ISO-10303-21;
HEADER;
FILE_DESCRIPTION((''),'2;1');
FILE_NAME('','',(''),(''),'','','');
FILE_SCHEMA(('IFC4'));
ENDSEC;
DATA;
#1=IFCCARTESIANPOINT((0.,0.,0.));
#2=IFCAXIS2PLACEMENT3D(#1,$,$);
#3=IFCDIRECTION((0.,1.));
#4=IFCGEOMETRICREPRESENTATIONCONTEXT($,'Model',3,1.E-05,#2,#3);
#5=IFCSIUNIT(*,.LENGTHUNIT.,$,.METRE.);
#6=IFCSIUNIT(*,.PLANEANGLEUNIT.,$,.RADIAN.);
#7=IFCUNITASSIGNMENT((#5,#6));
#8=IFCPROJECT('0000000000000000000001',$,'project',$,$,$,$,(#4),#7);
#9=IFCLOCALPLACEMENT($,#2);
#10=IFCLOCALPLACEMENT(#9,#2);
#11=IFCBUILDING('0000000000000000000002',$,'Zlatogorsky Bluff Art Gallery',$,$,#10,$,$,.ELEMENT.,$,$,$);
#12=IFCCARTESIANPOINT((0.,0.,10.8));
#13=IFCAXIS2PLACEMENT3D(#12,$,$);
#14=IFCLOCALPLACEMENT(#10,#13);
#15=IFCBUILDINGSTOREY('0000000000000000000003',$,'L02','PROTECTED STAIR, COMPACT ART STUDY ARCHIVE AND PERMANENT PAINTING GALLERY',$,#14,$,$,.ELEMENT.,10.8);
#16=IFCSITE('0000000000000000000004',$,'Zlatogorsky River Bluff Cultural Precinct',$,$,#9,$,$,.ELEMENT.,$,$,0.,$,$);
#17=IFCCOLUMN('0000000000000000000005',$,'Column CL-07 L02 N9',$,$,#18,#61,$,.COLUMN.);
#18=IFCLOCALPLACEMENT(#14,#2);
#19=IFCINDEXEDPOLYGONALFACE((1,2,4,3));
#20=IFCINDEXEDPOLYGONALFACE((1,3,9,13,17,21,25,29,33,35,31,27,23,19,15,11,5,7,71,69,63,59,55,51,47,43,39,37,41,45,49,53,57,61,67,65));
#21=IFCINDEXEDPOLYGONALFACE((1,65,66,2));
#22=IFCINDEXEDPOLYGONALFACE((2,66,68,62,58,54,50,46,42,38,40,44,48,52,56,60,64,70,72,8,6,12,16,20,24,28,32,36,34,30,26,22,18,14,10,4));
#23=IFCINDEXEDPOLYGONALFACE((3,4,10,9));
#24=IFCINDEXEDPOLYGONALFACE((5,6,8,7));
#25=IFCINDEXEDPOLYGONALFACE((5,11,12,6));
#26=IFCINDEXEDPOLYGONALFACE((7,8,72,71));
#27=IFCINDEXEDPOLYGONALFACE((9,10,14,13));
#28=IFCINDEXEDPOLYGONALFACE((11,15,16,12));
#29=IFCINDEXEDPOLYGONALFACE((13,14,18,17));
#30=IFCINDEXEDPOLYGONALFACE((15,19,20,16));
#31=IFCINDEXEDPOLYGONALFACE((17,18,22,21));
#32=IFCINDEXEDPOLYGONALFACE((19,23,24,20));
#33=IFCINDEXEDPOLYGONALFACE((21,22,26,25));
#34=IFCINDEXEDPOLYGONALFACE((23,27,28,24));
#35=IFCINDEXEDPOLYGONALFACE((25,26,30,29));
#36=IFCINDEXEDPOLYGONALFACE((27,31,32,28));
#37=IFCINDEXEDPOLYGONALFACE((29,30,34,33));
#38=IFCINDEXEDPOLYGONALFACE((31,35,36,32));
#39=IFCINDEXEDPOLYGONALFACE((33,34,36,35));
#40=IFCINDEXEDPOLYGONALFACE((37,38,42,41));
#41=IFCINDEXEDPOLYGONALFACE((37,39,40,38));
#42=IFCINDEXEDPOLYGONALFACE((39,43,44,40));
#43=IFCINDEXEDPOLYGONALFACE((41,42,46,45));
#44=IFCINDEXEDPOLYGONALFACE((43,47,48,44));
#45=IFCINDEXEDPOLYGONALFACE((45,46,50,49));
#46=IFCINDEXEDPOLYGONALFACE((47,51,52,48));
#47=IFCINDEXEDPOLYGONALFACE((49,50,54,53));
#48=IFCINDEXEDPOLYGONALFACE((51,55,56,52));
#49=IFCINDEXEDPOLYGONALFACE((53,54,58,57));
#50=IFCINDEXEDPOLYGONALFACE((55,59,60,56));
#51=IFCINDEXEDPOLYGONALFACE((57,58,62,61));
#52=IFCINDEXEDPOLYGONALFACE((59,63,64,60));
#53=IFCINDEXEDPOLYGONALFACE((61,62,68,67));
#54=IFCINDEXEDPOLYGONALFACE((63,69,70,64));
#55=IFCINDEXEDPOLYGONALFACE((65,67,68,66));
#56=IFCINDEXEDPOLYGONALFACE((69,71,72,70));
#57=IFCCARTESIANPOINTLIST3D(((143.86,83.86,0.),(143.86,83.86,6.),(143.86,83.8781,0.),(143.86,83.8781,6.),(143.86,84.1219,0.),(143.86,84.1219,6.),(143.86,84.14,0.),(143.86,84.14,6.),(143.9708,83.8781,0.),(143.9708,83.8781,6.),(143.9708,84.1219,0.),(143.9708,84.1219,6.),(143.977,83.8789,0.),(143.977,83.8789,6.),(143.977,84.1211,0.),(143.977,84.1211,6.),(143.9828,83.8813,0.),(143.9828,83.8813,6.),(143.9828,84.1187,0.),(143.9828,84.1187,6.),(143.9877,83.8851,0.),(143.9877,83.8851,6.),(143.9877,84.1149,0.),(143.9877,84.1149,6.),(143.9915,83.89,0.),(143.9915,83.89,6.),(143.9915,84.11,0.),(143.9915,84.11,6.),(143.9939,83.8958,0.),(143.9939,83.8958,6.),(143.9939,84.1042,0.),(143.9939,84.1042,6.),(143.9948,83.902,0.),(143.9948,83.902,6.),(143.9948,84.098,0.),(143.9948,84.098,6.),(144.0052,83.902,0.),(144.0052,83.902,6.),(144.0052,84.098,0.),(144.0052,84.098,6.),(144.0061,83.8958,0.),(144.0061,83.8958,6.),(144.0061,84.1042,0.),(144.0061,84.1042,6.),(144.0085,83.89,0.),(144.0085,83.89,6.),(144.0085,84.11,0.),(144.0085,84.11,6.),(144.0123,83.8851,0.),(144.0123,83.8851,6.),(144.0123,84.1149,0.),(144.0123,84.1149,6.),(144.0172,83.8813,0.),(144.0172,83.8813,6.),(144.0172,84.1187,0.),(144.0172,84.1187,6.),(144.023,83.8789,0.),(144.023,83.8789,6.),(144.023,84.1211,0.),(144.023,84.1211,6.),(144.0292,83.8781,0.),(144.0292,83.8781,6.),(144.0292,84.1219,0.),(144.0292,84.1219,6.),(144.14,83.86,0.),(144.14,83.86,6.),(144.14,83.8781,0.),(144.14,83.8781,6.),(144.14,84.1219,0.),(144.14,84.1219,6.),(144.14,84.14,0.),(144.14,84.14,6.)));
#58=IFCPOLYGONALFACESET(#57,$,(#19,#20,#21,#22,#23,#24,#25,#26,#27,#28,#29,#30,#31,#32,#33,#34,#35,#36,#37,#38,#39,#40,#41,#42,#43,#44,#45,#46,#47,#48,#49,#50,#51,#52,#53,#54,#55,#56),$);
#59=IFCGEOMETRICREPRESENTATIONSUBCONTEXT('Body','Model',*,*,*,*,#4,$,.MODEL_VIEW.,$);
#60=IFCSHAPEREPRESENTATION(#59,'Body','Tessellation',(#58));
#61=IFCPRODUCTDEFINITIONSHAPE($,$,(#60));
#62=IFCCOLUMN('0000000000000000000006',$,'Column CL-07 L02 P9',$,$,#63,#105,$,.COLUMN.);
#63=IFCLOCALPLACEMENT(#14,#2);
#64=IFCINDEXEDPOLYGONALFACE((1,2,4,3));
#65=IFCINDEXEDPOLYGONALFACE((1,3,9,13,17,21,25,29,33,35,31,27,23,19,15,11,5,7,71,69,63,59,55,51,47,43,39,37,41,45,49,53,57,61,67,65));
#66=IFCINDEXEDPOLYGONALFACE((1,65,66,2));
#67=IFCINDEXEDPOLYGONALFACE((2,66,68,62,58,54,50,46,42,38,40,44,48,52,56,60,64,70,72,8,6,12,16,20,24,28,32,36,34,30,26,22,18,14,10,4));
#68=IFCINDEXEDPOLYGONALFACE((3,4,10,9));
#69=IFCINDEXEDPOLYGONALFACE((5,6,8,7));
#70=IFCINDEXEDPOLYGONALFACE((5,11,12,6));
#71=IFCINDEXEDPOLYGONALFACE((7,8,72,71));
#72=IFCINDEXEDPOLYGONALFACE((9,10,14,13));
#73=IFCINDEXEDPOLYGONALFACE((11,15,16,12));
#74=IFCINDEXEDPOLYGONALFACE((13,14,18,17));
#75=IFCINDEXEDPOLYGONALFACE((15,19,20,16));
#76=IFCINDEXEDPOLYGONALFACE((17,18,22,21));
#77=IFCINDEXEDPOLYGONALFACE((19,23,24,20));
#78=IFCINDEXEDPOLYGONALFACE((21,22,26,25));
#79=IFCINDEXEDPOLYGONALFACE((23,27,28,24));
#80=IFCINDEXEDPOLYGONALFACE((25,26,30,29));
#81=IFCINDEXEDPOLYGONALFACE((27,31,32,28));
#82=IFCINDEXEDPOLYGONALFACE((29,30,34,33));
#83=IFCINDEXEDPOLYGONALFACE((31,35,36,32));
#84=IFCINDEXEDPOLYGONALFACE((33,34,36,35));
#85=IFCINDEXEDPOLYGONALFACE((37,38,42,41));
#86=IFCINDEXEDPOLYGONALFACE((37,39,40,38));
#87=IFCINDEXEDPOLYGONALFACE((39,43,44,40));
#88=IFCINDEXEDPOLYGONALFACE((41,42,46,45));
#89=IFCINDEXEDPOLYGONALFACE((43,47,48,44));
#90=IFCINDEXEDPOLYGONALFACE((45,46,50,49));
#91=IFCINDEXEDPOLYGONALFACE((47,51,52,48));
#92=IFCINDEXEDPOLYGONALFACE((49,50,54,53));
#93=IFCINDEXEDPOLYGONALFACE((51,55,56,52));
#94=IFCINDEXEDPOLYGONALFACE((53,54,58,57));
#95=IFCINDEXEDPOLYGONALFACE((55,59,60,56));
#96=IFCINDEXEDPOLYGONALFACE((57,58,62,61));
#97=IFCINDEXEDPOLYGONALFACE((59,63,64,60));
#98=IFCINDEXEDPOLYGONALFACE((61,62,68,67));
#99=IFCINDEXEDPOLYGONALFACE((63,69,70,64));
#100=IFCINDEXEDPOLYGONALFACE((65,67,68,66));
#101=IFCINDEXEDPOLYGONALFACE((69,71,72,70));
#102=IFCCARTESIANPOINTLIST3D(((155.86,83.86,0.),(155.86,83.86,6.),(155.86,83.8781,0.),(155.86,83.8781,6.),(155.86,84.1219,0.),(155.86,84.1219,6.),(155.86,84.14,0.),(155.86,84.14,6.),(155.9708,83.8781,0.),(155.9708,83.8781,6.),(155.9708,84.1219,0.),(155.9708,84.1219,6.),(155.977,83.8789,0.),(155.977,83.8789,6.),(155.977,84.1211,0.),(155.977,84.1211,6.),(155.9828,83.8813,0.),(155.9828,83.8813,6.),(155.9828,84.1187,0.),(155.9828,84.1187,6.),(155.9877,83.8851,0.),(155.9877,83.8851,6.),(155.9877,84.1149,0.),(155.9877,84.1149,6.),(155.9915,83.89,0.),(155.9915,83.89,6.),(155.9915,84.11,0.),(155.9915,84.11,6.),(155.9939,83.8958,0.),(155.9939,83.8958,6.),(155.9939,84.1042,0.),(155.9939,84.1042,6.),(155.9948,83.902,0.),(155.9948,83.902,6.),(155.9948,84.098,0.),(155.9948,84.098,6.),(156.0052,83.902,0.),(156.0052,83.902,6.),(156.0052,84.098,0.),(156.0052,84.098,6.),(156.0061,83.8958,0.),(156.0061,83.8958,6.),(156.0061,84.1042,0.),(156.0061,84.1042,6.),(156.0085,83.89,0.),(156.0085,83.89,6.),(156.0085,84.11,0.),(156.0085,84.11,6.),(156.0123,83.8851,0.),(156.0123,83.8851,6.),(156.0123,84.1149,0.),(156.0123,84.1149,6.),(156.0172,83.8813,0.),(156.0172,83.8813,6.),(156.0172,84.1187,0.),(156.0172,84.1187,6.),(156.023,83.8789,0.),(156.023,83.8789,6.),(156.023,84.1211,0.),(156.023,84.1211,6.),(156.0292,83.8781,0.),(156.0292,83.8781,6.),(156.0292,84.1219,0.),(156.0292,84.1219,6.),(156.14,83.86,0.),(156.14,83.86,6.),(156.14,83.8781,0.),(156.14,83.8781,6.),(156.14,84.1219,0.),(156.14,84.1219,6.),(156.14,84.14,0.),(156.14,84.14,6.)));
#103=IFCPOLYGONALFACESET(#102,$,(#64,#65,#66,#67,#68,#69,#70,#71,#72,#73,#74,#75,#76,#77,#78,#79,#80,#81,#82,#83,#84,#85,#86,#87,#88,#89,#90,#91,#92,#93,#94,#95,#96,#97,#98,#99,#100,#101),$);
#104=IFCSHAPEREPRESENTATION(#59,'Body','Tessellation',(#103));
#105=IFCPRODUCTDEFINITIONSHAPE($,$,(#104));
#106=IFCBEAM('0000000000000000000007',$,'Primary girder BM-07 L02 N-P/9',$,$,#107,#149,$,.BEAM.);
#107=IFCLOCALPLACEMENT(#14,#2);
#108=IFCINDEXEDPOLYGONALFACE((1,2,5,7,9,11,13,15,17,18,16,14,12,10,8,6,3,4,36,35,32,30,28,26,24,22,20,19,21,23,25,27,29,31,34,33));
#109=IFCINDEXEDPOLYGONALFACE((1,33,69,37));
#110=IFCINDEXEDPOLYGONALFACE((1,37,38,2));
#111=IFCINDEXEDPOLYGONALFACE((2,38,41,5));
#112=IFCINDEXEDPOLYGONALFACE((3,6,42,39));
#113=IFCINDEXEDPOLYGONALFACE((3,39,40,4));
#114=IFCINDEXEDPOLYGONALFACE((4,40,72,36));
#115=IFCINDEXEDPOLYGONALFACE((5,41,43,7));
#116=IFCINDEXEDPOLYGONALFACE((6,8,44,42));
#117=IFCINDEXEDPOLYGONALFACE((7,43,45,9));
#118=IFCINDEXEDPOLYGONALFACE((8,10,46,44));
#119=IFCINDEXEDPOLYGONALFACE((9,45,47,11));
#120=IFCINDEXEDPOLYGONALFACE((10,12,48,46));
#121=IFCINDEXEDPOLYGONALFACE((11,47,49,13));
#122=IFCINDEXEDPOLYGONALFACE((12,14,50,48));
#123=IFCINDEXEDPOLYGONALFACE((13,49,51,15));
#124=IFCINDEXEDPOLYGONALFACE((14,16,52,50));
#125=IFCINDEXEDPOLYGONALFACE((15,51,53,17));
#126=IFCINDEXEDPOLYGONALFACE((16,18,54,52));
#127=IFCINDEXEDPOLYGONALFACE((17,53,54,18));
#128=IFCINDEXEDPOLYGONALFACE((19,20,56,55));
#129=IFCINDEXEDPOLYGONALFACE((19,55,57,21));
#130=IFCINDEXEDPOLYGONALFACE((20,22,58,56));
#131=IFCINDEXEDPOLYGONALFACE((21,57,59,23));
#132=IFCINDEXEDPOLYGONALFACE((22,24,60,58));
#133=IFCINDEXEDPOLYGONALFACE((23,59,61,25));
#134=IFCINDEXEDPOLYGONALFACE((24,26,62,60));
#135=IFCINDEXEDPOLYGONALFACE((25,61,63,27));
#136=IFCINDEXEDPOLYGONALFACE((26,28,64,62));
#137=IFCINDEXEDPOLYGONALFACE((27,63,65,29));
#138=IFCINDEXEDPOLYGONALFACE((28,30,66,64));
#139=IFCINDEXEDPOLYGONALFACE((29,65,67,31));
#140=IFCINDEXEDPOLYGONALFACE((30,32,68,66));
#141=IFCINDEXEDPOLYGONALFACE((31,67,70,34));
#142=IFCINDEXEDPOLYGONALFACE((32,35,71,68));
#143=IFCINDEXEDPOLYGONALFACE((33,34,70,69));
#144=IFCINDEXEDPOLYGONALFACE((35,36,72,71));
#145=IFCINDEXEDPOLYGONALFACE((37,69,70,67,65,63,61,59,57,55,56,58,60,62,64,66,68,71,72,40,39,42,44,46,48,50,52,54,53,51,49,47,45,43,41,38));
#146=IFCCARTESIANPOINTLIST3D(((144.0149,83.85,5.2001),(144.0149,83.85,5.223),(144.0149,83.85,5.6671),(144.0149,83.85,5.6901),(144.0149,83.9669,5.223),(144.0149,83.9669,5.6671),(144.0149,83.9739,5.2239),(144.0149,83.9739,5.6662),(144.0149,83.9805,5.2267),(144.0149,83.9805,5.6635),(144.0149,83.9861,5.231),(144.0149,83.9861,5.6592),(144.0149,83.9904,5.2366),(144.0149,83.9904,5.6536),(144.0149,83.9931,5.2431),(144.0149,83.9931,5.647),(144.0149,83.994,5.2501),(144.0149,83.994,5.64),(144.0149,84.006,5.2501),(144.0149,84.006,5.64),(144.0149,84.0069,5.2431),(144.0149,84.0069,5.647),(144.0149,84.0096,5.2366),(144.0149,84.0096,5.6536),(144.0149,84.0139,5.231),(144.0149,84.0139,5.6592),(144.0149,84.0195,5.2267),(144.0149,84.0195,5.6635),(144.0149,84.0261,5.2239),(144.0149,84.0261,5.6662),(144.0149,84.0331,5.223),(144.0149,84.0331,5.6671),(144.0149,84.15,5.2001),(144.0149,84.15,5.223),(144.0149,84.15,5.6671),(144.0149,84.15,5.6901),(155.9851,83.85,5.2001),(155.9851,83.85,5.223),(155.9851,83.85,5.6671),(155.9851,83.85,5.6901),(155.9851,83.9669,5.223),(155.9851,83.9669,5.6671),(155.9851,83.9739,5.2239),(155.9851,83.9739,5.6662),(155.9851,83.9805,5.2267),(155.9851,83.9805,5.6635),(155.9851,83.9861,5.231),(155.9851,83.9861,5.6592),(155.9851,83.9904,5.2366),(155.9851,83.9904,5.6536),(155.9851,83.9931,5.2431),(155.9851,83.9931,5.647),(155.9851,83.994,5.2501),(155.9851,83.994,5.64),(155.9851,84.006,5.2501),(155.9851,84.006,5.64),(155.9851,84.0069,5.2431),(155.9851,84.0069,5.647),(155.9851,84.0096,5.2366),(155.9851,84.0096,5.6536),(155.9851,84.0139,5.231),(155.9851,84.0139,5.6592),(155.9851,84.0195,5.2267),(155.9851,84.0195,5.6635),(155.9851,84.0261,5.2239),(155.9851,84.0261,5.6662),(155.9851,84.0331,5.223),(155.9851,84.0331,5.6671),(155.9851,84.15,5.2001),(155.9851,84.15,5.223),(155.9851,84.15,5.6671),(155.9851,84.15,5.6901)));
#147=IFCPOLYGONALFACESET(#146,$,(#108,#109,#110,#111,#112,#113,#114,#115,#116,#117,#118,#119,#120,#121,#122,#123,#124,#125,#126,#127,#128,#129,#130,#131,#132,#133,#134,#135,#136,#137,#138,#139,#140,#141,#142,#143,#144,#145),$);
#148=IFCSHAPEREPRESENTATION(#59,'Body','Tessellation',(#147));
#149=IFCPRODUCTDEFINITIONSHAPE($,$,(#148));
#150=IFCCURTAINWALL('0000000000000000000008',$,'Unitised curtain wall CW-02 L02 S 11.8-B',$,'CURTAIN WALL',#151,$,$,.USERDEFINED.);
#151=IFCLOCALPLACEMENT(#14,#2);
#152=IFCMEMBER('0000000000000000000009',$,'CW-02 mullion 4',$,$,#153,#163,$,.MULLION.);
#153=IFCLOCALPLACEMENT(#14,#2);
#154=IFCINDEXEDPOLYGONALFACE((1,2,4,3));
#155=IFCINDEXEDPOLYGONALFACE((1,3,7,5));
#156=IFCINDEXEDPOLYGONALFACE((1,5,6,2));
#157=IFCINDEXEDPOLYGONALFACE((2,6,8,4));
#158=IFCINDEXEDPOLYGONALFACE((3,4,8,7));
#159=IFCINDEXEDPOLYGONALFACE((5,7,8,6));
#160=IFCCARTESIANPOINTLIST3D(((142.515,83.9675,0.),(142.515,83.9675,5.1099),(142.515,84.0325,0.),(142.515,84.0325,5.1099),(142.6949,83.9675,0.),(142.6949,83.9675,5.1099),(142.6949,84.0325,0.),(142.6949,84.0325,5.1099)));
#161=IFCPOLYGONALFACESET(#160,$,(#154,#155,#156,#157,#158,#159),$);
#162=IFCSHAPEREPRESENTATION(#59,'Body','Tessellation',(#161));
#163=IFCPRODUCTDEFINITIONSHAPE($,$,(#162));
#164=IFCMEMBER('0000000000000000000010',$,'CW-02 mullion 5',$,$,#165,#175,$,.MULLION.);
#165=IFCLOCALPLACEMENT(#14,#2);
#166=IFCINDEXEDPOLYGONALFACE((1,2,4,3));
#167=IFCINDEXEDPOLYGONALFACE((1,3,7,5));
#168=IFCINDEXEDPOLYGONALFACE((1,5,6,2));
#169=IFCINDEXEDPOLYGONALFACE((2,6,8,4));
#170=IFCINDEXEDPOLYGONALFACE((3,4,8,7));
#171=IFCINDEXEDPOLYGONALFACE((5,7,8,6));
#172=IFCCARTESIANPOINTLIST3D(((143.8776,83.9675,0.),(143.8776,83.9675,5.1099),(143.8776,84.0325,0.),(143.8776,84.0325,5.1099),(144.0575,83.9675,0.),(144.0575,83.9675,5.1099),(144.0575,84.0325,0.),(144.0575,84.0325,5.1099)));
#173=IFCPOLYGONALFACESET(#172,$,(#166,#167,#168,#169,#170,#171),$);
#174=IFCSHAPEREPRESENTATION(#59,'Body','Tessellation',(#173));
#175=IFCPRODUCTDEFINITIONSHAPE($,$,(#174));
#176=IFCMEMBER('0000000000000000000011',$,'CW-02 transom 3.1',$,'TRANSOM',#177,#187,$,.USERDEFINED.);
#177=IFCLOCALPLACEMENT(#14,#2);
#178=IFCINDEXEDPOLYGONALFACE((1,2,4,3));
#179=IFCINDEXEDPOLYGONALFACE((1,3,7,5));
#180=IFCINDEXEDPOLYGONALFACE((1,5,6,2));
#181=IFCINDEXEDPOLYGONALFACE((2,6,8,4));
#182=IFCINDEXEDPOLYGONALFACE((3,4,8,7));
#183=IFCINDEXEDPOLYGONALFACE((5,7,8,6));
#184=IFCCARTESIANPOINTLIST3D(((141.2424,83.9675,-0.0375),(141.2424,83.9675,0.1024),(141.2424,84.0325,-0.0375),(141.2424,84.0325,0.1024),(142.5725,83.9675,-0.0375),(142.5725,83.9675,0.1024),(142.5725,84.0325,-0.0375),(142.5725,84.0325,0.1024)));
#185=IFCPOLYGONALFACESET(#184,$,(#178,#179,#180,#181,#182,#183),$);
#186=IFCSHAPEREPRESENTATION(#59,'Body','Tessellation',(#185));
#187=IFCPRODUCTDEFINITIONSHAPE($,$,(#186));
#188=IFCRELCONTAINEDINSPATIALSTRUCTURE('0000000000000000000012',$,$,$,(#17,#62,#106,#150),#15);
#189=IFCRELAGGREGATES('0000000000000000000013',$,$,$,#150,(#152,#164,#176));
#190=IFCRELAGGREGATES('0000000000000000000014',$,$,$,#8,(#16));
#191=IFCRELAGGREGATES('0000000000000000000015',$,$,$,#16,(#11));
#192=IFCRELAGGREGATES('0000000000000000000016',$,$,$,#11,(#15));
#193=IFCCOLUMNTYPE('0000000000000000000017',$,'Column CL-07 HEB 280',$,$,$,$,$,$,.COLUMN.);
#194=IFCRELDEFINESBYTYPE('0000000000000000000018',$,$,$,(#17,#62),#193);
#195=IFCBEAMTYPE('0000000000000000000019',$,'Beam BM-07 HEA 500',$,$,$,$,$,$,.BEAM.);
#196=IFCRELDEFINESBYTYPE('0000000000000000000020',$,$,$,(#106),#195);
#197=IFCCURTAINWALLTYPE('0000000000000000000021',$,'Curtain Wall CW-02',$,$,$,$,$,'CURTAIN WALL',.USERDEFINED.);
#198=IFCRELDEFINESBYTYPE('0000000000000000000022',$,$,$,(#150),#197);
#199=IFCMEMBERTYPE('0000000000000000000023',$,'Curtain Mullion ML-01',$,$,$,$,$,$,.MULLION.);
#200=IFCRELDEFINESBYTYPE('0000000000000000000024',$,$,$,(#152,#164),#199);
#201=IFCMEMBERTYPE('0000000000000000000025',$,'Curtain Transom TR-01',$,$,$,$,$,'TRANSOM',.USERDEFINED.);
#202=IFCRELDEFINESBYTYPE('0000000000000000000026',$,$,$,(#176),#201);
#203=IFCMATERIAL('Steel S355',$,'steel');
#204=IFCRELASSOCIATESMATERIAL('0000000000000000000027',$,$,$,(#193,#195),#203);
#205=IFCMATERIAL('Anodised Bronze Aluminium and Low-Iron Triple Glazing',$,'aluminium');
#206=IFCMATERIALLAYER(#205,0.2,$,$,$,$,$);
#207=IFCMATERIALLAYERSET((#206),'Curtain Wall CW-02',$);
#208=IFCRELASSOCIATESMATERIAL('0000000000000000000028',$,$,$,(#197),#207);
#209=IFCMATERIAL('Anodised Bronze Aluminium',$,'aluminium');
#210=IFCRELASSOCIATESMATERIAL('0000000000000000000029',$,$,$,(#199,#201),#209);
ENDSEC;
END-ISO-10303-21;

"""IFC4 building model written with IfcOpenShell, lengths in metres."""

from ifc_helpers import new_model, si_unit, direction, frame, origin, origin_2d, place, context, subcontext, project, spatial, rectangle, i_section, extrude, material, layer, layer_set, material_profile, profile_set, type_object, element, aggregate, save


model = new_model("IFC4")

# Units and contexts
model_context = context("Model", 3, precision=1e-05, world=origin(), true_north=direction((0.0, 1.0)))
body_context = subcontext(model_context, "Body", "Model", "MODEL_VIEW")
ifc_project = project(units=[si_unit("LENGTHUNIT", "METRE"), si_unit("PLANEANGLEUNIT", "RADIAN")], contexts=[model_context])

# Site, building, storey
site_placement = place(None, origin())
site = spatial("IfcSite", under=ifc_project, at=site_placement, Name="Zlatogorsky River Bluff Cultural Precinct", CompositionType="ELEMENT", RefElevation=0.0)
building_placement = place(site_placement, origin())
building = spatial("IfcBuilding", under=site, at=building_placement, Name="Zlatogorsky Bluff Art Gallery", CompositionType="ELEMENT")
storey_placement = place(building_placement, frame((0.0, 0.0, 10.8)))
storey = spatial("IfcBuildingStorey", under=building, at=storey_placement, Name="L02", Description="PROTECTED STAIR, COMPACT ART STUDY ARCHIVE AND PERMANENT PAINTING GALLERY", CompositionType="ELEMENT", Elevation=10.8)

# Columns
ifc_material_1 = material(Name="Steel S355", Category="steel")
ifc_material_profile_1 = material_profile(ifc_material_1, i_section(OverallWidth=0.28, OverallDepth=0.28, WebThickness=0.0105, FlangeThickness=0.0181, FilletRadius=0.0239, at=origin_2d()), Name="HEB 280")
ifc_profile_set_1 = profile_set([ifc_material_profile_1], Name="Steel S355")
column_type = type_object("IfcColumnType", Name="Column CL-07 HEB 280", PredefinedType="COLUMN", material=ifc_profile_set_1)
for number, where, z_axis, x_axis, name in (
    (1, (144.0, 84.0, 0.0), (0.0, 0.0, 1.0), (1.0, 0.0, 0.0), "Column CL-07 L02 N9"),
    (2, (156.0, 84.0, 0.0), (0.0, 0.0, 1.0), (1.0, 0.0, 0.0), "Column CL-07 L02 P9"),
):
    element("IfcColumn", number, at=place(storey_placement, frame(where, z_axis=z_axis, x_axis=x_axis)), inside=storey, type_object=column_type, Name=name, PredefinedType="COLUMN", context=body_context, shape_type="SweptSolid", body=[
        extrude(i_section(OverallWidth=0.28, OverallDepth=0.28, WebThickness=0.0105, FlangeThickness=0.0181, FilletRadius=0.0239, at=origin_2d()), origin(), (0.0, 0.0, 1.0), 6.0),
    ])

# Beam
ifc_material_profile_2 = material_profile(ifc_material_1, i_section(OverallWidth=0.3, OverallDepth=0.49, WebThickness=0.012, FlangeThickness=0.0229, FilletRadius=0.0271, at=origin_2d()), Name="HEA 500")
ifc_profile_set_2 = profile_set([ifc_material_profile_2], Name="Steel S355")
beam_type = type_object("IfcBeamType", Name="Beam BM-07 HEA 500", PredefinedType="BEAM", material=ifc_profile_set_2)
beam_placement = place(storey_placement, frame((144.0149, 84.0, 5.4451), z_axis=(1.0, 0.0, 0.0), x_axis=(0.0, 1.0, 0.0)))
element("IfcBeam", 3, at=beam_placement, inside=storey, type_object=beam_type, Name="Primary girder BM-07 L02 N-P/9", PredefinedType="BEAM", context=body_context, shape_type="SweptSolid", body=[
    extrude(i_section(OverallWidth=0.3, OverallDepth=0.49, WebThickness=0.012, FlangeThickness=0.0229, FilletRadius=0.0271, at=origin_2d()), origin(), (0.0, 0.0, 1.0), 11.9702),
])

# Curtain wall, members
ifc_material_2 = material(Name="Anodised Bronze Aluminium and Low-Iron Triple Glazing", Category="aluminium")
ifc_layer_1 = layer(ifc_material_2, 0.2)
ifc_layer_set_1 = layer_set([ifc_layer_1], Name="Curtain Wall CW-02")
curtain_wall_type = type_object("IfcCurtainWallType", Name="Curtain Wall CW-02", ElementType="CURTAIN WALL", PredefinedType="USERDEFINED", material=ifc_layer_set_1)
curtain_wall_placement = place(storey_placement, origin())
curtain_wall = element("IfcCurtainWall", 4, at=curtain_wall_placement, inside=storey, type_object=curtain_wall_type, Name="Unitised curtain wall CW-02 L02 S 11.8-B", ObjectType="CURTAIN WALL", PredefinedType="USERDEFINED")
ifc_material_3 = material(Name="Anodised Bronze Aluminium", Category="aluminium")
ifc_material_profile_3 = material_profile(ifc_material_3, rectangle(XDim=0.0649, YDim=0.1799, at=origin_2d()), Name="ALU MULLION 65x180")
ifc_profile_set_3 = profile_set([ifc_material_profile_3], Name="Anodised Bronze Aluminium")
member_type_1 = type_object("IfcMemberType", Name="Curtain Mullion ML-01", PredefinedType="MULLION", material=ifc_profile_set_3)
member_1_placement = place(storey_placement, frame((142.605, 84.0, 0.0), z_axis=(0.0, 0.0, 1.0), x_axis=(0.0, 1.0, 0.0)))
member_1 = element("IfcMember", 5, at=member_1_placement, type_object=member_type_1, Name="CW-02 mullion 4", PredefinedType="MULLION", context=body_context, shape_type="SweptSolid", body=[
    extrude(rectangle(XDim=0.0649, YDim=0.1799, at=origin_2d()), origin(), (0.0, 0.0, 1.0), 5.1099),
])
member_2_placement = place(storey_placement, frame((143.9675, 84.0, 0.0), z_axis=(0.0, 0.0, 1.0), x_axis=(0.0, 1.0, 0.0)))
member_2 = element("IfcMember", 6, at=member_2_placement, type_object=member_type_1, Name="CW-02 mullion 5", PredefinedType="MULLION", context=body_context, shape_type="SweptSolid", body=[
    extrude(rectangle(XDim=0.0649, YDim=0.1799, at=origin_2d()), origin(), (0.0, 0.0, 1.0), 5.1099),
])
ifc_material_profile_4 = material_profile(ifc_material_3, rectangle(XDim=0.0649, YDim=0.1399, at=origin_2d()), Name="ALU TRANSOM 65x140")
ifc_profile_set_4 = profile_set([ifc_material_profile_4], Name="Anodised Bronze Aluminium")
member_type_2 = type_object("IfcMemberType", Name="Curtain Transom TR-01", ElementType="TRANSOM", PredefinedType="USERDEFINED", material=ifc_profile_set_4)
member_3_placement = place(storey_placement, frame((141.2424, 84.0, 0.0325), z_axis=(1.0, 0.0, 0.0), x_axis=(0.0, 1.0, 0.0)))
member_3 = element("IfcMember", 7, at=member_3_placement, type_object=member_type_2, Name="CW-02 transom 3.1", ObjectType="TRANSOM", PredefinedType="USERDEFINED", context=body_context, shape_type="SweptSolid", body=[
    extrude(rectangle(XDim=0.0649, YDim=0.1399, at=origin_2d()), origin(), (0.0, 0.0, 1.0), 1.3301),
])
aggregate(curtain_wall, [member_1, member_2, member_3])

save(model, "model.ifc")
